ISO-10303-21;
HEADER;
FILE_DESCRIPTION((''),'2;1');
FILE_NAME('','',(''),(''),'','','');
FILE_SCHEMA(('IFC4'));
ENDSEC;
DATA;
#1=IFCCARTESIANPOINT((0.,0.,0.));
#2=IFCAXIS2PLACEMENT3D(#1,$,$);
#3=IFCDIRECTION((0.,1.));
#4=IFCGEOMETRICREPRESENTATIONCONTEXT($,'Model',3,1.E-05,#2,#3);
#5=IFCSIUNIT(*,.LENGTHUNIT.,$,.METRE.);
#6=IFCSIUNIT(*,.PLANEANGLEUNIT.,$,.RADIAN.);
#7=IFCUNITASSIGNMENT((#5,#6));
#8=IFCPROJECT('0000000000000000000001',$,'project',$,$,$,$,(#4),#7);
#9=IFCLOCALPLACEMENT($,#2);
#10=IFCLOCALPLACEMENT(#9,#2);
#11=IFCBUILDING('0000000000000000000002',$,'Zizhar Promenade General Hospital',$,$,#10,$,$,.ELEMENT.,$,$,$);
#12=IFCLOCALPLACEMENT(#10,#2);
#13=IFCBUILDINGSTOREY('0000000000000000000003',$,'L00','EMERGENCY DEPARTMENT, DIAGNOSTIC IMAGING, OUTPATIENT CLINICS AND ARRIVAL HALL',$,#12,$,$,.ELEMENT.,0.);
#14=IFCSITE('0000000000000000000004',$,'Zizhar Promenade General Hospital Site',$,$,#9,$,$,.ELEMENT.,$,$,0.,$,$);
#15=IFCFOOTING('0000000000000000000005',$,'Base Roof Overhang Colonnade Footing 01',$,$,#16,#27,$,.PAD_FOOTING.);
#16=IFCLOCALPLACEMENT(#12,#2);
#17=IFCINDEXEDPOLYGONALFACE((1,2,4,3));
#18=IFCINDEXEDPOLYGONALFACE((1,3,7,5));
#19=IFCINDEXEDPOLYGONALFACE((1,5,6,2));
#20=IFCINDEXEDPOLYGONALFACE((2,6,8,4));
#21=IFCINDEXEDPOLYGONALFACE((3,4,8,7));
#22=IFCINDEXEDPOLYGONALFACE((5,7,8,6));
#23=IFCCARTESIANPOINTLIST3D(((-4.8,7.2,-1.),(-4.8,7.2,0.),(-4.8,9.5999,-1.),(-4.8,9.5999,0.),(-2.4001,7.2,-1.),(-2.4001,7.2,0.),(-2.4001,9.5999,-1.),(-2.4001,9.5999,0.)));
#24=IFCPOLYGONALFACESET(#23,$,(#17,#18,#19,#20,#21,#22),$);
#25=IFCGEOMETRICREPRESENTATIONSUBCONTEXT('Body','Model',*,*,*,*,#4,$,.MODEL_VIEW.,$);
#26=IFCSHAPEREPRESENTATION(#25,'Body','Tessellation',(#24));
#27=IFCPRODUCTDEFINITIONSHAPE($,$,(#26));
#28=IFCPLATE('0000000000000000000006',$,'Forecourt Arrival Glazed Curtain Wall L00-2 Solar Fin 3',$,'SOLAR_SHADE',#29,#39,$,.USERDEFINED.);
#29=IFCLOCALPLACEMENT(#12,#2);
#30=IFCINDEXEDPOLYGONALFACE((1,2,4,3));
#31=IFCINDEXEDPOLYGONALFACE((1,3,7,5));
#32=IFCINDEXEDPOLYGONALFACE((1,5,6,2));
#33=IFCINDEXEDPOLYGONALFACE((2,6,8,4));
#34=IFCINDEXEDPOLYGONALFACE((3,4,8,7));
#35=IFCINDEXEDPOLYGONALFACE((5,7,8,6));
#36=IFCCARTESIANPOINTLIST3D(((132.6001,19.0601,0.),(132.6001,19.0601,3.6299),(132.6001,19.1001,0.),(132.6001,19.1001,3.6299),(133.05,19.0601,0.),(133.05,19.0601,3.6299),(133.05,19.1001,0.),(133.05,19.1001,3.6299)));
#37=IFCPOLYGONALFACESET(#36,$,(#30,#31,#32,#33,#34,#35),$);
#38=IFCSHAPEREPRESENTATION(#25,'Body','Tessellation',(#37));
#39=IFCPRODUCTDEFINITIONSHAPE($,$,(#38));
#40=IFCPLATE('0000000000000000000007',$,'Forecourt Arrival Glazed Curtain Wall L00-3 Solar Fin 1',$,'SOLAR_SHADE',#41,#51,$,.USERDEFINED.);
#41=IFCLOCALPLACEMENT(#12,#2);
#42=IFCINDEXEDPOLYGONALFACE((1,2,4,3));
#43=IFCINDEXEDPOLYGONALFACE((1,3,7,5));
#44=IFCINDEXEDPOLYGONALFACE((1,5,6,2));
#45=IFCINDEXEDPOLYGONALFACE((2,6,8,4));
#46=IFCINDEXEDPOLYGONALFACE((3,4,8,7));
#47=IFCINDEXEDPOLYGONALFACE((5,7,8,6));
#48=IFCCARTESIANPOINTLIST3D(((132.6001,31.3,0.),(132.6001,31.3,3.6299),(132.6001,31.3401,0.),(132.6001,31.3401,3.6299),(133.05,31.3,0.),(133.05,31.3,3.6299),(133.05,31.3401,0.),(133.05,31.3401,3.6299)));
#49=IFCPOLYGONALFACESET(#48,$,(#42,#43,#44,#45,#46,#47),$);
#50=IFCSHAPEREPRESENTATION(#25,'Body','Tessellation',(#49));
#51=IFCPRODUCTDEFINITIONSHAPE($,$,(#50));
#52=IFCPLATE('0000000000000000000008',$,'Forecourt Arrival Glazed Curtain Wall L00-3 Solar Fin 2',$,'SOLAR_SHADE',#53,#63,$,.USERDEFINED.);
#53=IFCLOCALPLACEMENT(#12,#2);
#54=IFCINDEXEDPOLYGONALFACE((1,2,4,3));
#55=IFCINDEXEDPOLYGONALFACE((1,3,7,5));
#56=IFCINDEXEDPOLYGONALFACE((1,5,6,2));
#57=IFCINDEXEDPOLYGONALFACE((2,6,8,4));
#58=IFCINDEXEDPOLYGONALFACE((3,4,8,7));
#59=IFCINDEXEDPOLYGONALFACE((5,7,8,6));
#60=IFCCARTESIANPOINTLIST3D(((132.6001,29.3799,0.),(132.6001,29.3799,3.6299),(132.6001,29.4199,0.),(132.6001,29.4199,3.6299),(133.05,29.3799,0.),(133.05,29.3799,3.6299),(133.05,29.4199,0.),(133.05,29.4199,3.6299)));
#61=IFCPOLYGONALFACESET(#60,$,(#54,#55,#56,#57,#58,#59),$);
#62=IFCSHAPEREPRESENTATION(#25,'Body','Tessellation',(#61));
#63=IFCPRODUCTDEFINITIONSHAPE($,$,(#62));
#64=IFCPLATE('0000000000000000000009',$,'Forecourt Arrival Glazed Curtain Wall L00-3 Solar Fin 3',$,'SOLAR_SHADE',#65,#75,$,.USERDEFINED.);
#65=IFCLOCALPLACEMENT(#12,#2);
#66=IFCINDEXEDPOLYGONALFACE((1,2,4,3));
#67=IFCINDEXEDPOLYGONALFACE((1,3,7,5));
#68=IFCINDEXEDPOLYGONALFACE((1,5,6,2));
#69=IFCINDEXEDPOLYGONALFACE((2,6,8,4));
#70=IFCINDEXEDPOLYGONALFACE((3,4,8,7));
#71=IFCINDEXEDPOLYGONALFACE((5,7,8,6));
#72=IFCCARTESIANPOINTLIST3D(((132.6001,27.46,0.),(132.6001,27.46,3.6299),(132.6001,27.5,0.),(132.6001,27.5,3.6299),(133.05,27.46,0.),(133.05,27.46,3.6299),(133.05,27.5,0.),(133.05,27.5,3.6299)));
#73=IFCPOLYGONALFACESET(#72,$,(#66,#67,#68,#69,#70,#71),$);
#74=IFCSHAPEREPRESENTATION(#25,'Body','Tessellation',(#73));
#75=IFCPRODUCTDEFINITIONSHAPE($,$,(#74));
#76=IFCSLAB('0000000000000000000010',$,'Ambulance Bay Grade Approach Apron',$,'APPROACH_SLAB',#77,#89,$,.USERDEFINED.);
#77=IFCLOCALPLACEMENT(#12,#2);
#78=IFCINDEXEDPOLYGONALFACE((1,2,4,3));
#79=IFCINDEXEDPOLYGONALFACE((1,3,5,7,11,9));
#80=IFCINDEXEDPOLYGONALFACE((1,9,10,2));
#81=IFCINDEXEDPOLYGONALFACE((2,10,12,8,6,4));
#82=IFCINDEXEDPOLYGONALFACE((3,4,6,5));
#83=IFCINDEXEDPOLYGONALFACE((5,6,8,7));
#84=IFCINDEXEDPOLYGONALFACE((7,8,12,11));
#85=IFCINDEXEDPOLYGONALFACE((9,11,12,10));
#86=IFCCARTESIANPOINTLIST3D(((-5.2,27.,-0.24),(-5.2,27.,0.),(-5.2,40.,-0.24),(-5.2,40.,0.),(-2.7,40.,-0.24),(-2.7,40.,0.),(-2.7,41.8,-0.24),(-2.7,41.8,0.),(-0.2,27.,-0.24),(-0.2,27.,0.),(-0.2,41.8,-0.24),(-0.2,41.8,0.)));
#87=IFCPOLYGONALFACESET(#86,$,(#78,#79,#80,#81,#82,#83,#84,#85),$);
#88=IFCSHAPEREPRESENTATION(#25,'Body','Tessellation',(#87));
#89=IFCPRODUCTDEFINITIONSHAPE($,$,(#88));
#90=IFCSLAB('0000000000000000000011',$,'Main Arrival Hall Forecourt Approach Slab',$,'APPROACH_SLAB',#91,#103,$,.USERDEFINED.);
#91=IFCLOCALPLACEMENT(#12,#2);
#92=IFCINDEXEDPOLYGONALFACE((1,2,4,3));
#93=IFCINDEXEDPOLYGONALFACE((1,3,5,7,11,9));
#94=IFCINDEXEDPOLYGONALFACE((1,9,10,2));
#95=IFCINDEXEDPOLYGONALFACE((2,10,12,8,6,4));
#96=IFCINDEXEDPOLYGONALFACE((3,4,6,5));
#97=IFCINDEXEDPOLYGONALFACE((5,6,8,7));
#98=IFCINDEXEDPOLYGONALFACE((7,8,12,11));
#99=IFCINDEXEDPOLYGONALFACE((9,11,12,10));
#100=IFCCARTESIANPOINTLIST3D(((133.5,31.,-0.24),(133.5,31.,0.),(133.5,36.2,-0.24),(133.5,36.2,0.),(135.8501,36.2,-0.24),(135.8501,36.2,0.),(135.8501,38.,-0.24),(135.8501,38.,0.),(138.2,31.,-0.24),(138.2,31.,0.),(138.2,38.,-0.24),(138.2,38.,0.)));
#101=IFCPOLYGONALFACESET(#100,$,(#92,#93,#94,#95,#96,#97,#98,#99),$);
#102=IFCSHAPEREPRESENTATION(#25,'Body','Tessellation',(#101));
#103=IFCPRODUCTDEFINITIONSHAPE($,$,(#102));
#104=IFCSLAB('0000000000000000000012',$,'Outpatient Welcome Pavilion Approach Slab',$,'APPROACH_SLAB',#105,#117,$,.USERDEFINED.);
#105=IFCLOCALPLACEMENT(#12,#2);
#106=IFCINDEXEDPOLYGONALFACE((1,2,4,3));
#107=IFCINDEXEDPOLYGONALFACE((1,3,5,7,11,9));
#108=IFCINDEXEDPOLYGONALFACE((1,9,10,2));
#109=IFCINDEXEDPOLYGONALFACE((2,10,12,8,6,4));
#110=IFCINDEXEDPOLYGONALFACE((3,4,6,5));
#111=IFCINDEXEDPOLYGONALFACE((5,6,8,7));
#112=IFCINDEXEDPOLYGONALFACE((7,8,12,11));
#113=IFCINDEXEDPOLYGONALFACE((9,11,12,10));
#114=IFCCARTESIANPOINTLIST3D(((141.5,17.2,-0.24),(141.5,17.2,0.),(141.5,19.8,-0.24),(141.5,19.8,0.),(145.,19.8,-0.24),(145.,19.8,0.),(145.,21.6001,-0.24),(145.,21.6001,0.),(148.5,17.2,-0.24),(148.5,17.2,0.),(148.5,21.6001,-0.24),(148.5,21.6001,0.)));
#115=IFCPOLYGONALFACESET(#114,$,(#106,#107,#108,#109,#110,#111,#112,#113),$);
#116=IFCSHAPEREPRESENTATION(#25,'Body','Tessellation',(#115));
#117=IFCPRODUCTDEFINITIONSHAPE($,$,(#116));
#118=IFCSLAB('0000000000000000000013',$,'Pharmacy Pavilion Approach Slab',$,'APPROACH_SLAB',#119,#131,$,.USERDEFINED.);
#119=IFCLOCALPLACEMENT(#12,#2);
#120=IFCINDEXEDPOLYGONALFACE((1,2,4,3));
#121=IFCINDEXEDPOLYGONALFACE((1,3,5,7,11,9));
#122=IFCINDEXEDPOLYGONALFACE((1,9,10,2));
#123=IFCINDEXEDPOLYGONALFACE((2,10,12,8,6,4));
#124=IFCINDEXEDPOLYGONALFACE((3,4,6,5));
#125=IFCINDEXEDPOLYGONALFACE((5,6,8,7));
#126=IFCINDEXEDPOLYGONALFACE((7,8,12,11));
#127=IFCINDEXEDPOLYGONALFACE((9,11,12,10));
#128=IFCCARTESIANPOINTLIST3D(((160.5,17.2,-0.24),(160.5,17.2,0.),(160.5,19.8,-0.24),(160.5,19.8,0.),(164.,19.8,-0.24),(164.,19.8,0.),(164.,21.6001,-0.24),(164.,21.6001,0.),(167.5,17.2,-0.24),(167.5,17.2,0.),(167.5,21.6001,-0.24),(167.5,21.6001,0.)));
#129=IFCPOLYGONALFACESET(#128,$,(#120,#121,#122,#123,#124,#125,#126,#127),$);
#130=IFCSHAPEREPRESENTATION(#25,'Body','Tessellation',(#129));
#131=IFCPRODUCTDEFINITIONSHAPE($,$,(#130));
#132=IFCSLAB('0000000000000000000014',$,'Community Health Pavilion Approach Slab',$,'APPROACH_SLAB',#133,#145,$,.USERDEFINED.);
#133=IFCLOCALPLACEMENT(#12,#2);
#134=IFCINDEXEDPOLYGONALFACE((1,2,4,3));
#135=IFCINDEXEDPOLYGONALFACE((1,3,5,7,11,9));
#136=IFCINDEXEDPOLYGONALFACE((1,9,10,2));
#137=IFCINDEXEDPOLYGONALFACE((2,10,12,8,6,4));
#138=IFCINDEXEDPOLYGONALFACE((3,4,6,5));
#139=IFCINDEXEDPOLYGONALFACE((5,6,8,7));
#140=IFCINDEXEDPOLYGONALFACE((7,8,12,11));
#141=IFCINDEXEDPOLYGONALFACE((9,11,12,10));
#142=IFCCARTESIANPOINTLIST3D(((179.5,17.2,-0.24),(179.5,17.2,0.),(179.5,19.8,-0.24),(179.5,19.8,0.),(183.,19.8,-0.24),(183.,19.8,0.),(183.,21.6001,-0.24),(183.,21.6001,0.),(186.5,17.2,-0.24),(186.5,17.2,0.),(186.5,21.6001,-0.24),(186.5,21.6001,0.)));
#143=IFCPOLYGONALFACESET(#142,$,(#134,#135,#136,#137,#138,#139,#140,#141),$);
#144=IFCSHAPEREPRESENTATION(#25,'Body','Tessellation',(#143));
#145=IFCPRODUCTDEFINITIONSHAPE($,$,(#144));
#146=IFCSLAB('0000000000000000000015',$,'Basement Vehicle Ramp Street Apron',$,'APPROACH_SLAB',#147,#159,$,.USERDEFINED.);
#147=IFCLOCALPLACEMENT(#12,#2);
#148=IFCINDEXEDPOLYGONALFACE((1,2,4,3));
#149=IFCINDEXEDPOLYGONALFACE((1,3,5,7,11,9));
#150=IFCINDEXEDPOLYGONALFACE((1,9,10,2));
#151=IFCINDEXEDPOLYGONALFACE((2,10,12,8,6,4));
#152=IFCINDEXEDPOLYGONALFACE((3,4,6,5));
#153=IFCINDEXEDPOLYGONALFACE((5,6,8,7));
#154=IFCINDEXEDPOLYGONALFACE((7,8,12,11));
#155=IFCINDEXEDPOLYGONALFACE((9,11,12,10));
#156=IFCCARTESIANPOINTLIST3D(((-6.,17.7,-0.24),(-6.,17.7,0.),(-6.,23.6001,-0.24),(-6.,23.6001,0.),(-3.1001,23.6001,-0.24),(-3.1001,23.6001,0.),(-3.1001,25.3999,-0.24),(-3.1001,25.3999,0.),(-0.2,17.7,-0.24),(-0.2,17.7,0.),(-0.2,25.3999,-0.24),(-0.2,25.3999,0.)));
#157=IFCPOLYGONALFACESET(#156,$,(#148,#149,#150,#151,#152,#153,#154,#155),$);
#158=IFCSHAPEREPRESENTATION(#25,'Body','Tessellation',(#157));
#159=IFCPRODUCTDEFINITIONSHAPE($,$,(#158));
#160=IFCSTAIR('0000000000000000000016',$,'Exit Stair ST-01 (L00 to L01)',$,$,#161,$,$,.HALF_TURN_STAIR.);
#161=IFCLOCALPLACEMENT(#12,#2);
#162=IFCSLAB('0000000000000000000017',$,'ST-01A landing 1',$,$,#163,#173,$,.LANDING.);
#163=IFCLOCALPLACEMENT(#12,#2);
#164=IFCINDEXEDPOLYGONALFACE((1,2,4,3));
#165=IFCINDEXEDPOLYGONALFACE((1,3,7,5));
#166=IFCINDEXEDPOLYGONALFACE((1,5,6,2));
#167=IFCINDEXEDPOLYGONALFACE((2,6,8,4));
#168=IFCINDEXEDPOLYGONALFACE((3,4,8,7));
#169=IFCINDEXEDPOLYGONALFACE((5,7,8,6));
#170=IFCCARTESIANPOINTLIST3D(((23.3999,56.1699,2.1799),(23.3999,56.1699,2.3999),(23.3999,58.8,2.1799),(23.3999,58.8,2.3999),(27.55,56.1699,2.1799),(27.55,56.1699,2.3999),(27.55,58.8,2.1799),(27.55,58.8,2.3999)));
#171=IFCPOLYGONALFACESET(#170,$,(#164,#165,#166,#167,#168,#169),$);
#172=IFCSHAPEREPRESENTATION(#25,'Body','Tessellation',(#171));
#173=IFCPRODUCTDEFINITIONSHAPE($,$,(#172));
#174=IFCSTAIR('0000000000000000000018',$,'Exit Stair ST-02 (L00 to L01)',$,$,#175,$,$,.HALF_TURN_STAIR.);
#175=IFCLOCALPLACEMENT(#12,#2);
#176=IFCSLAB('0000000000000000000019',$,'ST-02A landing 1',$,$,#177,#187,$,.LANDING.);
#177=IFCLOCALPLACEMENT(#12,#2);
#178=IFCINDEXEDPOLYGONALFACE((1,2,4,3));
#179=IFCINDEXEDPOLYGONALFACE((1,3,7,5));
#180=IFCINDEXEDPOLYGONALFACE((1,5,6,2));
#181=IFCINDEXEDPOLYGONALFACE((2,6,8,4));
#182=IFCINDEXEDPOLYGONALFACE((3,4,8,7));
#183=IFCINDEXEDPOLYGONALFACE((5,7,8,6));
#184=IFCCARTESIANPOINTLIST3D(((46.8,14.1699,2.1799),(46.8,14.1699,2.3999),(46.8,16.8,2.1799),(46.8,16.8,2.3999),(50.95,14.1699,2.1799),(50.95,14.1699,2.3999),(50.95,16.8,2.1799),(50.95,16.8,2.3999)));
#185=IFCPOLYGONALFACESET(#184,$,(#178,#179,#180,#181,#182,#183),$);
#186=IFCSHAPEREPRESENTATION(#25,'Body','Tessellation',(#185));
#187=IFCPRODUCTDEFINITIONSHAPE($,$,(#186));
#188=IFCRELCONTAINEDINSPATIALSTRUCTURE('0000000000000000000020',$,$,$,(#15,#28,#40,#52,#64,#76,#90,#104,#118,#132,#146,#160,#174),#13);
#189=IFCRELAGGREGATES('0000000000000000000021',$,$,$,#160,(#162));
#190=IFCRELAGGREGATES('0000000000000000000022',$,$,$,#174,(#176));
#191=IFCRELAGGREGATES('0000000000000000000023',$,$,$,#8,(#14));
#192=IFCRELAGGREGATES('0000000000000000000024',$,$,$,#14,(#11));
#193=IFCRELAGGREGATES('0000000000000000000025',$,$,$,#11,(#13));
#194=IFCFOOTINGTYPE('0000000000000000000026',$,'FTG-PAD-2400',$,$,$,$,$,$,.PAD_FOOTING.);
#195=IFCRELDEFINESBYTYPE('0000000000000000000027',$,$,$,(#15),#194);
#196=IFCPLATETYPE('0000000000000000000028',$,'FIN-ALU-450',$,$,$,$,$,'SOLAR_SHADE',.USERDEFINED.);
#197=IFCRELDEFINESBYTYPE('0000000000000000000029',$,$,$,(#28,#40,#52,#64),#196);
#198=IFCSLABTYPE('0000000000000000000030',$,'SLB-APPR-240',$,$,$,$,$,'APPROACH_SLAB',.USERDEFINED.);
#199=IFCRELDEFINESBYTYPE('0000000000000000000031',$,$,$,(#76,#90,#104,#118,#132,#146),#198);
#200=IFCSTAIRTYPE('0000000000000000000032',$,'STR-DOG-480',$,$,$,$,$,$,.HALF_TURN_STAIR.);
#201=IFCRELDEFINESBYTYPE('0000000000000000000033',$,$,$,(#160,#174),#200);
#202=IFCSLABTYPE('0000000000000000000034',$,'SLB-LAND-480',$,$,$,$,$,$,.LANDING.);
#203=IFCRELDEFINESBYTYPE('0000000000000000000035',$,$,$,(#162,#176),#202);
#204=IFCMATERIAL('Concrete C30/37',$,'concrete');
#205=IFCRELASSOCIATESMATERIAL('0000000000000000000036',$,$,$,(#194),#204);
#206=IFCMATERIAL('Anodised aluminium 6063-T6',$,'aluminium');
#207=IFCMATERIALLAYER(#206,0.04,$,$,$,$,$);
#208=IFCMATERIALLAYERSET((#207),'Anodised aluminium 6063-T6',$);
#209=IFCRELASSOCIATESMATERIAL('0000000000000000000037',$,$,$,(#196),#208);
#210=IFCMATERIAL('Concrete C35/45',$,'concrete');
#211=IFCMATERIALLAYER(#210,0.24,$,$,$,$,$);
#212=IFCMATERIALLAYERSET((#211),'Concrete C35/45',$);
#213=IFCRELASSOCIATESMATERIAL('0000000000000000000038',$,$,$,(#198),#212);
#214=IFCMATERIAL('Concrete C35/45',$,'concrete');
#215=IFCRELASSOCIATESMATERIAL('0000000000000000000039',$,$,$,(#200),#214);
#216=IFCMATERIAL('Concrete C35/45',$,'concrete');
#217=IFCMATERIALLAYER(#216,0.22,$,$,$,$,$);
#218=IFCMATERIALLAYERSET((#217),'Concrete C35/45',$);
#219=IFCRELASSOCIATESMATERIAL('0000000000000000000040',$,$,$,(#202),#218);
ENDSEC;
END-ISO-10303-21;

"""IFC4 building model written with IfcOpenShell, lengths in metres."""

from ifc_helpers import new_model, si_unit, direction, frame, origin, origin_2d, place, context, subcontext, project, spatial, polyline, rectangle, outline, extrude, material, layer, layer_set, type_object, element, aggregate, save


model = new_model("IFC4")

# Units and contexts
model_context = context("Model", 3, precision=1e-05, world=origin(), true_north=direction((0.0, 1.0)))
body_context = subcontext(model_context, "Body", "Model", "MODEL_VIEW")
ifc_project = project(units=[si_unit("LENGTHUNIT", "METRE"), si_unit("PLANEANGLEUNIT", "RADIAN")], contexts=[model_context])

# Site, building, storey
site_placement = place(None, origin())
site = spatial("IfcSite", under=ifc_project, at=site_placement, Name="Zizhar Promenade General Hospital Site", CompositionType="ELEMENT", RefElevation=0.0)
building_placement = place(site_placement, origin())
building = spatial("IfcBuilding", under=site, at=building_placement, Name="Zizhar Promenade General Hospital", CompositionType="ELEMENT")
storey_placement = place(building_placement, origin())
storey = spatial("IfcBuildingStorey", under=building, at=storey_placement, Name="L00", Description="EMERGENCY DEPARTMENT, DIAGNOSTIC IMAGING, OUTPATIENT CLINICS AND ARRIVAL HALL", CompositionType="ELEMENT", Elevation=0.0)

# Footing
ifc_material_1 = material(Name="Concrete C30/37", Category="concrete")
footing_type = type_object("IfcFootingType", Name="FTG-PAD-2400", PredefinedType="PAD_FOOTING", material=ifc_material_1)
footing_placement = place(storey_placement, frame((-3.6001, 8.3999, -1.0), z_axis=(0.0, 0.0, 1.0), x_axis=(1.0, 0.0, 0.0)))
element("IfcFooting", 1, at=footing_placement, inside=storey, type_object=footing_type, Name="Base Roof Overhang Colonnade Footing 01", PredefinedType="PAD_FOOTING", context=body_context, shape_type="SweptSolid", body=[
    extrude(rectangle(XDim=2.3999, YDim=2.3999, at=origin_2d()), origin(), (0.0, 0.0, 1.0), 1.0),
])

# Plates
ifc_material_2 = material(Name="Anodised aluminium 6063-T6", Category="aluminium")
ifc_layer_1 = layer(ifc_material_2, 0.04)
ifc_layer_set_1 = layer_set([ifc_layer_1], Name="Anodised aluminium 6063-T6")
plate_type = type_object("IfcPlateType", Name="FIN-ALU-450", ElementType="SOLAR_SHADE", PredefinedType="USERDEFINED", material=ifc_layer_set_1)
plate_1_placement = place(storey_placement, origin())
element("IfcPlate", 2, at=plate_1_placement, inside=storey, type_object=plate_type, Name="Forecourt Arrival Glazed Curtain Wall L00-2 Solar Fin 3", ObjectType="SOLAR_SHADE", PredefinedType="USERDEFINED", context=body_context, shape_type="SweptSolid", body=[
    extrude(outline(polyline([(132.6001, 19.1001), (132.6001, 19.0601), (133.05, 19.0601), (133.05, 19.1001), (132.6001, 19.1001)])), origin(), (0.0, 0.0, 1.0), 3.6299),
])
plate_2_placement = place(storey_placement, origin())
element("IfcPlate", 3, at=plate_2_placement, inside=storey, type_object=plate_type, Name="Forecourt Arrival Glazed Curtain Wall L00-3 Solar Fin 1", ObjectType="SOLAR_SHADE", PredefinedType="USERDEFINED", context=body_context, shape_type="SweptSolid", body=[
    extrude(outline(polyline([(132.6001, 31.3401), (132.6001, 31.3), (133.05, 31.3), (133.05, 31.3401), (132.6001, 31.3401)])), origin(), (0.0, 0.0, 1.0), 3.6299),
])
plate_3_placement = place(storey_placement, origin())
element("IfcPlate", 4, at=plate_3_placement, inside=storey, type_object=plate_type, Name="Forecourt Arrival Glazed Curtain Wall L00-3 Solar Fin 2", ObjectType="SOLAR_SHADE", PredefinedType="USERDEFINED", context=body_context, shape_type="SweptSolid", body=[
    extrude(outline(polyline([(132.6001, 29.4199), (132.6001, 29.3799), (133.05, 29.3799), (133.05, 29.4199), (132.6001, 29.4199)])), origin(), (0.0, 0.0, 1.0), 3.6299),
])
plate_4_placement = place(storey_placement, origin())
element("IfcPlate", 5, at=plate_4_placement, inside=storey, type_object=plate_type, Name="Forecourt Arrival Glazed Curtain Wall L00-3 Solar Fin 3", ObjectType="SOLAR_SHADE", PredefinedType="USERDEFINED", context=body_context, shape_type="SweptSolid", body=[
    extrude(outline(polyline([(132.6001, 27.5), (132.6001, 27.46), (133.05, 27.46), (133.05, 27.5), (132.6001, 27.5)])), origin(), (0.0, 0.0, 1.0), 3.6299),
])

# Slabs
ifc_material_3 = material(Name="Concrete C35/45", Category="concrete")
ifc_layer_2 = layer(ifc_material_3, 0.24)
ifc_layer_set_2 = layer_set([ifc_layer_2], Name="Concrete C35/45")
slab_type_1 = type_object("IfcSlabType", Name="SLB-APPR-240", ElementType="APPROACH_SLAB", PredefinedType="USERDEFINED", material=ifc_layer_set_2)
slab_1_placement = place(storey_placement, frame((0.0, 0.0, -0.24)))
element("IfcSlab", 6, at=slab_1_placement, inside=storey, type_object=slab_type_1, Name="Ambulance Bay Grade Approach Apron", ObjectType="APPROACH_SLAB", PredefinedType="USERDEFINED", context=body_context, shape_type="SweptSolid", body=[
    extrude(outline(polyline([(-5.2, 27.0), (-0.2, 27.0), (-0.2, 41.8), (-2.7, 41.8), (-2.7, 40.0), (-5.2, 40.0), (-5.2, 27.0)])), origin(), (0.0, 0.0, 1.0), 0.24),
])
slab_2_placement = place(storey_placement, frame((0.0, 0.0, -0.24)))
element("IfcSlab", 7, at=slab_2_placement, inside=storey, type_object=slab_type_1, Name="Main Arrival Hall Forecourt Approach Slab", ObjectType="APPROACH_SLAB", PredefinedType="USERDEFINED", context=body_context, shape_type="SweptSolid", body=[
    extrude(outline(polyline([(133.5, 31.0), (138.2, 31.0), (138.2, 38.0), (135.8501, 38.0), (135.8501, 36.2), (133.5, 36.2), (133.5, 31.0)])), origin(), (0.0, 0.0, 1.0), 0.24),
])
slab_3_placement = place(storey_placement, frame((0.0, 0.0, -0.24)))
element("IfcSlab", 8, at=slab_3_placement, inside=storey, type_object=slab_type_1, Name="Outpatient Welcome Pavilion Approach Slab", ObjectType="APPROACH_SLAB", PredefinedType="USERDEFINED", context=body_context, shape_type="SweptSolid", body=[
    extrude(outline(polyline([(141.5, 17.2), (148.5, 17.2), (148.5, 21.6001), (145.0, 21.6001), (145.0, 19.8), (141.5, 19.8), (141.5, 17.2)])), origin(), (0.0, 0.0, 1.0), 0.24),
])
slab_4_placement = place(storey_placement, frame((0.0, 0.0, -0.24)))
element("IfcSlab", 9, at=slab_4_placement, inside=storey, type_object=slab_type_1, Name="Pharmacy Pavilion Approach Slab", ObjectType="APPROACH_SLAB", PredefinedType="USERDEFINED", context=body_context, shape_type="SweptSolid", body=[
    extrude(outline(polyline([(160.5, 17.2), (167.5, 17.2), (167.5, 21.6001), (164.0, 21.6001), (164.0, 19.8), (160.5, 19.8), (160.5, 17.2)])), origin(), (0.0, 0.0, 1.0), 0.24),
])
slab_5_placement = place(storey_placement, frame((0.0, 0.0, -0.24)))
element("IfcSlab", 10, at=slab_5_placement, inside=storey, type_object=slab_type_1, Name="Community Health Pavilion Approach Slab", ObjectType="APPROACH_SLAB", PredefinedType="USERDEFINED", context=body_context, shape_type="SweptSolid", body=[
    extrude(outline(polyline([(179.5, 17.2), (186.5, 17.2), (186.5, 21.6001), (183.0, 21.6001), (183.0, 19.8), (179.5, 19.8), (179.5, 17.2)])), origin(), (0.0, 0.0, 1.0), 0.24),
])
slab_6_placement = place(storey_placement, frame((0.0, 0.0, -0.24)))
element("IfcSlab", 11, at=slab_6_placement, inside=storey, type_object=slab_type_1, Name="Basement Vehicle Ramp Street Apron", ObjectType="APPROACH_SLAB", PredefinedType="USERDEFINED", context=body_context, shape_type="SweptSolid", body=[
    extrude(outline(polyline([(-6.0, 17.7), (-0.2, 17.7), (-0.2, 25.3999), (-3.1001, 25.3999), (-3.1001, 23.6001), (-6.0, 23.6001), (-6.0, 17.7)])), origin(), (0.0, 0.0, 1.0), 0.24),
])

# Stairs, slabs
ifc_material_4 = material(Name="Concrete C35/45", Category="concrete")
stair_type = type_object("IfcStairType", Name="STR-DOG-480", PredefinedType="HALF_TURN_STAIR", material=ifc_material_4)
stair_1_placement = place(storey_placement, origin())
stair_1 = element("IfcStair", 12, at=stair_1_placement, inside=storey, type_object=stair_type, Name="Exit Stair ST-01 (L00 to L01)", PredefinedType="HALF_TURN_STAIR")
ifc_material_5 = material(Name="Concrete C35/45", Category="concrete")
ifc_layer_3 = layer(ifc_material_5, 0.22)
ifc_layer_set_3 = layer_set([ifc_layer_3], Name="Concrete C35/45")
slab_type_2 = type_object("IfcSlabType", Name="SLB-LAND-480", PredefinedType="LANDING", material=ifc_layer_set_3)
slab_7_placement = place(storey_placement, frame((0.0, 0.0, 2.1799)))
slab_7 = element("IfcSlab", 13, at=slab_7_placement, type_object=slab_type_2, Name="ST-01A landing 1", PredefinedType="LANDING", context=body_context, shape_type="SweptSolid", body=[
    extrude(outline(polyline([(23.3999, 56.1699), (27.55, 56.1699), (27.55, 58.8), (23.3999, 58.8), (23.3999, 56.1699)])), origin(), (0.0, 0.0, 1.0), 0.22),
])
aggregate(stair_1, [slab_7])
stair_2_placement = place(storey_placement, origin())
stair_2 = element("IfcStair", 14, at=stair_2_placement, inside=storey, type_object=stair_type, Name="Exit Stair ST-02 (L00 to L01)", PredefinedType="HALF_TURN_STAIR")
slab_8_placement = place(storey_placement, frame((0.0, 0.0, 2.1799)))
slab_8 = element("IfcSlab", 15, at=slab_8_placement, type_object=slab_type_2, Name="ST-02A landing 1", PredefinedType="LANDING", context=body_context, shape_type="SweptSolid", body=[
    extrude(outline(polyline([(46.8, 14.1699), (50.95, 14.1699), (50.95, 16.8), (46.8, 16.8), (46.8, 14.1699)])), origin(), (0.0, 0.0, 1.0), 0.22),
])
aggregate(stair_2, [slab_8])

save(model, "model.ifc")
